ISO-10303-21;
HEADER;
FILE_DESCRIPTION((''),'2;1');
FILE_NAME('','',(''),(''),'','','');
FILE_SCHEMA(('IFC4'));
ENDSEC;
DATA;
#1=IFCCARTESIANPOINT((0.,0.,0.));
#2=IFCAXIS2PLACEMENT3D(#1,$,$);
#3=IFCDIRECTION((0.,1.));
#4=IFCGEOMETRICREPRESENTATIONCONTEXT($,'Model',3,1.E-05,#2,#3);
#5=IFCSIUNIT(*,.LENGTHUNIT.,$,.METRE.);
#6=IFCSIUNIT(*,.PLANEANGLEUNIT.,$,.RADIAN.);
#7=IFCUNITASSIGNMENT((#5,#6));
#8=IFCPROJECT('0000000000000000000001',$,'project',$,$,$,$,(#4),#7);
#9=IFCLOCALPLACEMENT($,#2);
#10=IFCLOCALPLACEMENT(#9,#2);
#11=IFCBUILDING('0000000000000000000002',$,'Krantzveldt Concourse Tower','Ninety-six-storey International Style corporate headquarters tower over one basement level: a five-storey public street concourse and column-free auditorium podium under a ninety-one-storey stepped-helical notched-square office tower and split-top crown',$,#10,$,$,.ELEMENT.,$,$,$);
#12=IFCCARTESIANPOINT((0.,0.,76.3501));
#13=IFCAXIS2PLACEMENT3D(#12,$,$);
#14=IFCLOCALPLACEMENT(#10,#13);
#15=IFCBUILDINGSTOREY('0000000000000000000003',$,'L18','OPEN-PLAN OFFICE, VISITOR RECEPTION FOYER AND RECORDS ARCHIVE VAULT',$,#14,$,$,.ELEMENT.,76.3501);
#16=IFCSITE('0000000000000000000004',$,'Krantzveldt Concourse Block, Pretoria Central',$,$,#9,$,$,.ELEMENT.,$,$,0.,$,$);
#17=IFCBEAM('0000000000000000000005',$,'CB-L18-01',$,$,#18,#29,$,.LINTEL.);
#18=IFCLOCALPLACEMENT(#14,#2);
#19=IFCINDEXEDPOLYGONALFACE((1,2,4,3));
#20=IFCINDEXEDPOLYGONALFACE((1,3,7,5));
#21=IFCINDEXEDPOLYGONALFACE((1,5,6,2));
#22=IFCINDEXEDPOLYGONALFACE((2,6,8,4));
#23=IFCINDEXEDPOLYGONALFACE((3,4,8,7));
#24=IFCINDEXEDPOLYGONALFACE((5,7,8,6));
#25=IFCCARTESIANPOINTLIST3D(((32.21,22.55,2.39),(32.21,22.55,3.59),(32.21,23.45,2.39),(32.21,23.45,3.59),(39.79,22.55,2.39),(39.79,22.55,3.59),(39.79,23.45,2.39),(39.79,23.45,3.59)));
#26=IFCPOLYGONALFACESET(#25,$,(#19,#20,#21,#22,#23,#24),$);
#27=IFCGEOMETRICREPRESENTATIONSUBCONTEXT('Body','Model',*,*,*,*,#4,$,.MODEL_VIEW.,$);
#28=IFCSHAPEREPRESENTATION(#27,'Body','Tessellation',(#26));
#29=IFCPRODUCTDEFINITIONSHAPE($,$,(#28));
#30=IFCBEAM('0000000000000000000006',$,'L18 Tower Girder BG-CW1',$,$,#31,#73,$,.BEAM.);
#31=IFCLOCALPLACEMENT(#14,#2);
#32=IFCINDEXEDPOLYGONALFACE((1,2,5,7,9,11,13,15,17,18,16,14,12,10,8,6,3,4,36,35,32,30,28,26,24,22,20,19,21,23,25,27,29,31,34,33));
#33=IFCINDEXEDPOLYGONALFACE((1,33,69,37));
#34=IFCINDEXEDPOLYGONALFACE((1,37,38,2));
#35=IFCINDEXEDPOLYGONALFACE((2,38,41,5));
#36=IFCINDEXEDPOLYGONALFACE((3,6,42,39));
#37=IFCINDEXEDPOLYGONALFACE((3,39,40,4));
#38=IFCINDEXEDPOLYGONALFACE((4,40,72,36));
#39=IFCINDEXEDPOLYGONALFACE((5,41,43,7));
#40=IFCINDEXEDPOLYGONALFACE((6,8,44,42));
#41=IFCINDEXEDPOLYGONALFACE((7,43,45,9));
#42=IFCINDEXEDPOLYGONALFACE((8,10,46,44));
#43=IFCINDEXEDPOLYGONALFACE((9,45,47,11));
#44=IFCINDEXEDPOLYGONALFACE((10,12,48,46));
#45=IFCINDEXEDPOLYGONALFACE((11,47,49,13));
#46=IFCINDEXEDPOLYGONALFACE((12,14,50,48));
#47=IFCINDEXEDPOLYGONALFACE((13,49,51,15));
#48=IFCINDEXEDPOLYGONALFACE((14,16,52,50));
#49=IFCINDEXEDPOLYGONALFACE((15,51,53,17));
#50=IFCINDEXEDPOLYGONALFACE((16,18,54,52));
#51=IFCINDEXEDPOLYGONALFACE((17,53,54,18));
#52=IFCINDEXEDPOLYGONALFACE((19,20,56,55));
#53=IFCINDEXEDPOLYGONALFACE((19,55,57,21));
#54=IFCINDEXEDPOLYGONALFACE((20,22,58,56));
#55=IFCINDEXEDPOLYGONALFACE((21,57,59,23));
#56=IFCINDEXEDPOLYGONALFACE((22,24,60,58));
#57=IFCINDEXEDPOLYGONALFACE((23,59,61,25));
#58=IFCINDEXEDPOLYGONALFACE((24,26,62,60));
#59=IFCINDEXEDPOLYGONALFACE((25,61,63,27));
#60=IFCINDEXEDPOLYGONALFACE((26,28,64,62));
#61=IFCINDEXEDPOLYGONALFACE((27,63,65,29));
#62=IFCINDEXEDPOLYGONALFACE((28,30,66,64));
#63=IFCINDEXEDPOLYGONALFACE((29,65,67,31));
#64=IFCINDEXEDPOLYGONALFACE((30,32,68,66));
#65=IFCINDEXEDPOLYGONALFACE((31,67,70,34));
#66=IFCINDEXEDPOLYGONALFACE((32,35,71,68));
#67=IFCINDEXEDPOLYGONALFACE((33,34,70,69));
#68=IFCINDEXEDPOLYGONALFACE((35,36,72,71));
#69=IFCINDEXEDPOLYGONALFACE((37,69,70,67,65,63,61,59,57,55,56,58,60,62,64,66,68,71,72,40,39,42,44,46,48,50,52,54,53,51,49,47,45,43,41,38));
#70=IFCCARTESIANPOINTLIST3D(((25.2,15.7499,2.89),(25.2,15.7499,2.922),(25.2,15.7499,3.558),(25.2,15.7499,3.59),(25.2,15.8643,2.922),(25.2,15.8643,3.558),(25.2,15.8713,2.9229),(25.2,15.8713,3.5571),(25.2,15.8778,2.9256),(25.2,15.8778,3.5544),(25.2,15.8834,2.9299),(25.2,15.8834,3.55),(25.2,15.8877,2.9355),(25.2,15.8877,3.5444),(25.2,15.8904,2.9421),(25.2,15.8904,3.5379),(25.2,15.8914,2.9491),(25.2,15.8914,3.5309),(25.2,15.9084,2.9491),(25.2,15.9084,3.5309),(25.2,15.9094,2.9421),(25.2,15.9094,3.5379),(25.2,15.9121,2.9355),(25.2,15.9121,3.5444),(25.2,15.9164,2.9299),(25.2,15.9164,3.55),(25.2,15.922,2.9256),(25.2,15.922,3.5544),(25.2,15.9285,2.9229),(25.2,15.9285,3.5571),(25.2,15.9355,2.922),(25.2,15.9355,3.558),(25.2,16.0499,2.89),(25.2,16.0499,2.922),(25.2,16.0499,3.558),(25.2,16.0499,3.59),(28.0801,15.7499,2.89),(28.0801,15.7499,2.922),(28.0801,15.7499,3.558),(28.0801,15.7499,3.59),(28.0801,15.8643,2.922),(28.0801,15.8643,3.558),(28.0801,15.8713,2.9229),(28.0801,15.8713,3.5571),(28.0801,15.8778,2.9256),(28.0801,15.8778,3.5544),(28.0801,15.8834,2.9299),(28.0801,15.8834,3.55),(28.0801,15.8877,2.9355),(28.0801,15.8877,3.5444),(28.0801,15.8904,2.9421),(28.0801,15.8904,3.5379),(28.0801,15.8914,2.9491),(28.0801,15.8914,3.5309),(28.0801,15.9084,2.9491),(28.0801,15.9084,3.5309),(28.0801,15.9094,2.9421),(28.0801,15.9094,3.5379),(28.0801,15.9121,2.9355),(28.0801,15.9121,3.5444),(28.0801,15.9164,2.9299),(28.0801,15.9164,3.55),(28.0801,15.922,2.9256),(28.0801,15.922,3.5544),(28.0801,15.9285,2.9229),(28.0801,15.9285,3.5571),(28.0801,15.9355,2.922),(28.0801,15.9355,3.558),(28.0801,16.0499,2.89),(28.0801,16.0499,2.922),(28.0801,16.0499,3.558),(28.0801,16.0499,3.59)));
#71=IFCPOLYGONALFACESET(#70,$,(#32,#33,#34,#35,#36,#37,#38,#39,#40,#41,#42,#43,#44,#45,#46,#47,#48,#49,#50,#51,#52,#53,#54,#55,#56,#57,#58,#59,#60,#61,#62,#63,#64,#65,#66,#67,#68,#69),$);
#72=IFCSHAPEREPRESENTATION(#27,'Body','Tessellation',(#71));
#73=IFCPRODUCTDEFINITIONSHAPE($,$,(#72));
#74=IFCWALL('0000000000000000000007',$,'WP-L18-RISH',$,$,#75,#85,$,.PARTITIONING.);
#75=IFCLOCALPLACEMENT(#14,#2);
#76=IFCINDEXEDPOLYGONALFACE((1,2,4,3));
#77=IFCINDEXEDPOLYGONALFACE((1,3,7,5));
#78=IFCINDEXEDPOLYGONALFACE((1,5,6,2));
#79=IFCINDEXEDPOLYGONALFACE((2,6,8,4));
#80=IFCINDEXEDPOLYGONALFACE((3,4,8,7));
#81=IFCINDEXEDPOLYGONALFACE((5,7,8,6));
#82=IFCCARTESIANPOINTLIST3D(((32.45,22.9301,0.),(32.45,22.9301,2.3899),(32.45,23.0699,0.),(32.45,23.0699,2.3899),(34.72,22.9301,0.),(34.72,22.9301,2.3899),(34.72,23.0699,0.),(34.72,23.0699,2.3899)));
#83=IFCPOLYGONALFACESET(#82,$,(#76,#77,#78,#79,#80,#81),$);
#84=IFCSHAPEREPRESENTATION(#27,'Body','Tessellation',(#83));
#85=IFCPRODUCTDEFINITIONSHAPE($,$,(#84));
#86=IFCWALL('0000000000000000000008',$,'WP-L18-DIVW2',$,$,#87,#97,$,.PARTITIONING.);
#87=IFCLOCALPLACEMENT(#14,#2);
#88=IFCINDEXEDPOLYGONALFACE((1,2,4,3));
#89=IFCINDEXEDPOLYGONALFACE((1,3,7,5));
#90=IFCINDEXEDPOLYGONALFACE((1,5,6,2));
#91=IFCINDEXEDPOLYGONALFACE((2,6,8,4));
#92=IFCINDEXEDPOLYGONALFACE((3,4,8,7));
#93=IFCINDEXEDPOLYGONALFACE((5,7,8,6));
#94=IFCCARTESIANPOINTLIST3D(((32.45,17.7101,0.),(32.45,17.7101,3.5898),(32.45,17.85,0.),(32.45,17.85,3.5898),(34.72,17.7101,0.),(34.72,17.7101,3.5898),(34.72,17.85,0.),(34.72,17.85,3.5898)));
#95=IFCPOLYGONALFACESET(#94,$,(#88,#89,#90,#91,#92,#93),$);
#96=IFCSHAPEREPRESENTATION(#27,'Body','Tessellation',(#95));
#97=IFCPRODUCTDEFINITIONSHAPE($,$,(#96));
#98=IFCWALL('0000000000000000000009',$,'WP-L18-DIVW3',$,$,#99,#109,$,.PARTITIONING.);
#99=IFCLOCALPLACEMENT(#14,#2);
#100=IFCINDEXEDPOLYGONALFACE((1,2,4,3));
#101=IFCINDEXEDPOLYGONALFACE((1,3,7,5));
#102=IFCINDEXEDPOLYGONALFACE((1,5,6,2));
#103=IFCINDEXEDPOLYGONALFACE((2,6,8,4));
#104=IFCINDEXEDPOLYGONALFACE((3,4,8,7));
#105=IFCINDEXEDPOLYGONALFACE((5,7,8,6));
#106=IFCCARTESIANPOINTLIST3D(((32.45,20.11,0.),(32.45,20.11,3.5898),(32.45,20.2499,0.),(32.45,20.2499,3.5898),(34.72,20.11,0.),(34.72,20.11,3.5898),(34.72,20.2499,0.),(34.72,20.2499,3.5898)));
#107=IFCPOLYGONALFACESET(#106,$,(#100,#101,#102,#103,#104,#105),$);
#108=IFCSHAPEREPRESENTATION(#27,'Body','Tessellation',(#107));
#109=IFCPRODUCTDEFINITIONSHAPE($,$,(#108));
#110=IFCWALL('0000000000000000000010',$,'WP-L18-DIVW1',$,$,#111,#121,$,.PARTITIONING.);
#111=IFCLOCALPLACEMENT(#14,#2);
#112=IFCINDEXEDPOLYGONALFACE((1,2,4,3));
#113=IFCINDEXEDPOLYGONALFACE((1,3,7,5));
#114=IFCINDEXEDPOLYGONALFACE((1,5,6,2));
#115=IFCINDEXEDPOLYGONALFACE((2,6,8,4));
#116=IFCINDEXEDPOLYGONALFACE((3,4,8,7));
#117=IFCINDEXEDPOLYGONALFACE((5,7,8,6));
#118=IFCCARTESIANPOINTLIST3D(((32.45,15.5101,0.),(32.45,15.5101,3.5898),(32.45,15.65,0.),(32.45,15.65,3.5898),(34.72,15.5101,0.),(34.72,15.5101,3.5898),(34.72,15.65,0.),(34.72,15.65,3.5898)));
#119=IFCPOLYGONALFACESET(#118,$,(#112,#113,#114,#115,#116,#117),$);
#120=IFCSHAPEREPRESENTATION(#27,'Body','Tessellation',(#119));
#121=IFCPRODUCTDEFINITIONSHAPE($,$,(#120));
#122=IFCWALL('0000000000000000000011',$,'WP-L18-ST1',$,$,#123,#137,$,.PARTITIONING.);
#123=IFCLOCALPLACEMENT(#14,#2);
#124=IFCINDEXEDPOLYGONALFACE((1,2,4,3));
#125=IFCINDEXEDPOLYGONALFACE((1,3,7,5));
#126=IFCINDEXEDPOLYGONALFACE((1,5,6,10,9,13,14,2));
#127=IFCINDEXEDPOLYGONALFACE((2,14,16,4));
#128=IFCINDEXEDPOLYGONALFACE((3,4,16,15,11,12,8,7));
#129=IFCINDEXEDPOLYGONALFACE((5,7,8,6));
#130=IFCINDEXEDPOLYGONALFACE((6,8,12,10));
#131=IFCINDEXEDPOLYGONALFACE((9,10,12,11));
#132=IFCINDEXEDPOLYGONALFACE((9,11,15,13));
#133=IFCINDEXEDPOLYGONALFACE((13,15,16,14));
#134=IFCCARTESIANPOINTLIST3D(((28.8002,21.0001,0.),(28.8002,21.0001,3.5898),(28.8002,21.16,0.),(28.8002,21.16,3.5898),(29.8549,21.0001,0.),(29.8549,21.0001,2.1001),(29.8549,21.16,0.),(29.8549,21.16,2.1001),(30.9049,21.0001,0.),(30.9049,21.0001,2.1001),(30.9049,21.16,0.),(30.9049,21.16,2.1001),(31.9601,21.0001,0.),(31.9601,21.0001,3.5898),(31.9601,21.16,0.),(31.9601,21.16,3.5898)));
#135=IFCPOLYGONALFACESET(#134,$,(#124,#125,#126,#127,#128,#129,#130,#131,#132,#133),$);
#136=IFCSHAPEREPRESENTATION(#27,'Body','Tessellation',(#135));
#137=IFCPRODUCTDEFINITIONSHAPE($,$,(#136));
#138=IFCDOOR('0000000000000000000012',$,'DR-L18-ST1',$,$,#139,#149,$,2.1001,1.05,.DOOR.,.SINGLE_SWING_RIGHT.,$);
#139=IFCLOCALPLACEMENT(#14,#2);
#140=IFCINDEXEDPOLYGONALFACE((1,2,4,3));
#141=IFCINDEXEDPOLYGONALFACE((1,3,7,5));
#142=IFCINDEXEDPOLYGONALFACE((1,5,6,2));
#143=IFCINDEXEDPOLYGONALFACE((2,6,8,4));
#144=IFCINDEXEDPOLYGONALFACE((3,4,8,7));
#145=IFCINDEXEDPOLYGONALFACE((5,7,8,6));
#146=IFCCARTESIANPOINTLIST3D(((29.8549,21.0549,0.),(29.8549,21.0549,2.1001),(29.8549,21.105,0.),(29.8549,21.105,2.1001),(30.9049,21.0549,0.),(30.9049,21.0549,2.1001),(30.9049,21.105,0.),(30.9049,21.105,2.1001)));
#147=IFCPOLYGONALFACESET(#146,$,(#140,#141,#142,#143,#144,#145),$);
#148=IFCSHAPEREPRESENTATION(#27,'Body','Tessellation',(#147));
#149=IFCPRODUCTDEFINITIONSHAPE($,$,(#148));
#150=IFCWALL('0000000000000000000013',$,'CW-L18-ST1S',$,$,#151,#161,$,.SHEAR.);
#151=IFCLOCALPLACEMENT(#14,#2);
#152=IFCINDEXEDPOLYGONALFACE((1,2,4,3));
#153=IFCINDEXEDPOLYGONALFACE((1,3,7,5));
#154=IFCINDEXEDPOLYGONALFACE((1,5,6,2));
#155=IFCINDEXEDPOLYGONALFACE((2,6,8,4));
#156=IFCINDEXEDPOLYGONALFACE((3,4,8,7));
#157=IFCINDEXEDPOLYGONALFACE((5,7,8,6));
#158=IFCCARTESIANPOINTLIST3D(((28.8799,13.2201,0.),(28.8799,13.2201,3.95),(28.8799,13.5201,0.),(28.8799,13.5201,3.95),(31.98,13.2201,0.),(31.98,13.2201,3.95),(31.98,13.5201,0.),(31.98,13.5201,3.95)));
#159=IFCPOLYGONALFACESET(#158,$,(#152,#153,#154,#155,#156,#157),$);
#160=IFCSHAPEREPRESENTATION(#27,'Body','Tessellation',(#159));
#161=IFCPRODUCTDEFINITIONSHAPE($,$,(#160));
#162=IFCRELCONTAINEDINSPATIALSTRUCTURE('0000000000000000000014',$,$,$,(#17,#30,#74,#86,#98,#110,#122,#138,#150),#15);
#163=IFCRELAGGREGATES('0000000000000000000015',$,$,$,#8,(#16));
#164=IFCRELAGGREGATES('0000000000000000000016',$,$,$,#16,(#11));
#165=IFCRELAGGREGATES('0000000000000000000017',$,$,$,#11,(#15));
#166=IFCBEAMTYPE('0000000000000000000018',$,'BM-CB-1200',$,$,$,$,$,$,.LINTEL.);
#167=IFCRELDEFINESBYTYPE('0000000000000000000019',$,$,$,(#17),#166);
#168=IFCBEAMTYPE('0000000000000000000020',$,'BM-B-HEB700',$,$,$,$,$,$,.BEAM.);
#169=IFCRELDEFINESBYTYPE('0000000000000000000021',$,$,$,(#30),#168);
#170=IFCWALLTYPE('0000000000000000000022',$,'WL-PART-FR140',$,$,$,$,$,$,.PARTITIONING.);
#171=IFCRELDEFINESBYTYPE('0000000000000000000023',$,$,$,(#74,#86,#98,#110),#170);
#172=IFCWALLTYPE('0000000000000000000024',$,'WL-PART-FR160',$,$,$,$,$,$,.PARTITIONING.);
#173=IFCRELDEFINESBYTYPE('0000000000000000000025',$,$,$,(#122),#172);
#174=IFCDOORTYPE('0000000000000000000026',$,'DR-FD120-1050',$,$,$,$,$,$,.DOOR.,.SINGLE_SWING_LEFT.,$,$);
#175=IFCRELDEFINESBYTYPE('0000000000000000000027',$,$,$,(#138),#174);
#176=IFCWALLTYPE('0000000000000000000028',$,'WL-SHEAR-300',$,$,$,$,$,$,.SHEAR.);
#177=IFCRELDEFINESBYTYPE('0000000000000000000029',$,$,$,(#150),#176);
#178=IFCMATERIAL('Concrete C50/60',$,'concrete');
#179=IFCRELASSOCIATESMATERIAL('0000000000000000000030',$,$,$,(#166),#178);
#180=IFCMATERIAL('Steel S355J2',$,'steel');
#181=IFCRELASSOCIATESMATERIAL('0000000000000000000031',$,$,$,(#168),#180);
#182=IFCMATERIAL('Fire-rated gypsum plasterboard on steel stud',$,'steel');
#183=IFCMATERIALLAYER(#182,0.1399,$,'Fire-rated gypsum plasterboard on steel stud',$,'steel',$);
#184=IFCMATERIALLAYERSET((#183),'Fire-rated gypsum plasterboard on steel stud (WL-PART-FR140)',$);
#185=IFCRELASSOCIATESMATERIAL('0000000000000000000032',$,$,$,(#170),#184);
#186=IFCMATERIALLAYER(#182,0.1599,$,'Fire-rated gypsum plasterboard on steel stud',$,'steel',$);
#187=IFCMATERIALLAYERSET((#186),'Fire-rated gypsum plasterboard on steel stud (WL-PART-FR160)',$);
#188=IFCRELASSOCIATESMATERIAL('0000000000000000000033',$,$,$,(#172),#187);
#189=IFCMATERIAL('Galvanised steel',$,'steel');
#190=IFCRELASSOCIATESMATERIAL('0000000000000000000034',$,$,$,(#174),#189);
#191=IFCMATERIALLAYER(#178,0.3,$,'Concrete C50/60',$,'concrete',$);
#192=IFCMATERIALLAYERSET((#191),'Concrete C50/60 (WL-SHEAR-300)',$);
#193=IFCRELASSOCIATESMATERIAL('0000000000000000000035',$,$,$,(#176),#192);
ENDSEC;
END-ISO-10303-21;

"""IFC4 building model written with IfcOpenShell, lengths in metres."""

from ifc_helpers import new_model, si_unit, direction, frame, frame_2d, origin, origin_2d, place, context, subcontext, project, spatial, rectangle, i_section, extrude, source, transform, mapped, material, layer, layer_set, material_profile, profile_set, type_object, type_shapes, element, fill, save


model = new_model("IFC4")

# Units and contexts
model_context = context("Model", 3, precision=1e-05, world=origin(), true_north=direction((0.0, 1.0)))
body_context = subcontext(model_context, "Body", "Model", "MODEL_VIEW")
ifc_project = project(units=[si_unit("LENGTHUNIT", "METRE"), si_unit("PLANEANGLEUNIT", "RADIAN")], contexts=[model_context])

# Site, building, storey
site_placement = place(None, origin())
site = spatial("IfcSite", under=ifc_project, at=site_placement, Name="Krantzveldt Concourse Block, Pretoria Central", CompositionType="ELEMENT", RefElevation=0.0)
building_placement = place(site_placement, origin())
building = spatial("IfcBuilding", under=site, at=building_placement, Name="Krantzveldt Concourse Tower", Description="Ninety-six-storey International Style corporate headquarters tower over one basement level: a five-storey public street concourse and column-free auditorium podium under a ninety-one-storey stepped-helical notched-square office tower and split-top crown", CompositionType="ELEMENT")
storey_placement = place(building_placement, frame((0.0, 0.0, 76.3501)))
storey = spatial("IfcBuildingStorey", under=building, at=storey_placement, Name="L18", Description="OPEN-PLAN OFFICE, VISITOR RECEPTION FOYER AND RECORDS ARCHIVE VAULT", CompositionType="ELEMENT", Elevation=76.3501)

# Beams
ifc_material_1 = material(Name="Concrete C50/60", Category="concrete")
ifc_material_profile_1 = material_profile(ifc_material_1, rectangle(XDim=0.8999, YDim=1.2, at=origin_2d()), Name="Concrete C50/60", Category="concrete")
ifc_profile_set_1 = profile_set([ifc_material_profile_1], Name="Concrete C50/60 - RC-CB 900x1200")
beam_type_1 = type_object("IfcBeamType", Name="BM-CB-1200", PredefinedType="LINTEL", material=ifc_profile_set_1)
shared_shape_1 = source(origin(), body_context, "Body", "SweptSolid", [
    extrude(rectangle(XDim=0.8999, YDim=1.2, at=origin_2d()), origin(), (0.0, 0.0, 1.0), 7.5801),
])
type_shapes(beam_type_1, [shared_shape_1])
beam_1_placement = place(storey_placement, frame((32.21, 23.0, 2.99), z_axis=(1.0, 0.0, 0.0), x_axis=(0.0, 1.0, 0.0)))
element("IfcBeam", 1, at=beam_1_placement, inside=storey, type_object=beam_type_1, Name="CB-L18-01", PredefinedType="LINTEL", context=body_context, shape_type="MappedRepresentation", body=[
    mapped(shared_shape_1, transform((0.0, 0.0, 0.0), x_axis=(1.0, 0.0, 0.0), y_axis=(0.0, 1.0, 0.0), z_axis=(0.0, 0.0, 1.0), scale=1.0)),
])
ifc_material_2 = material(Name="Steel S355J2", Category="steel")
ifc_material_profile_2 = material_profile(ifc_material_2, i_section(OverallWidth=0.3, OverallDepth=0.7, WebThickness=0.0171, FlangeThickness=0.032, FilletRadius=0.0271, at=origin_2d()), Name="Steel S355J2", Category="steel")
ifc_profile_set_2 = profile_set([ifc_material_profile_2], Name="Steel S355J2 - HEB 700")
beam_type_2 = type_object("IfcBeamType", Name="BM-B-HEB700", PredefinedType="BEAM", material=ifc_profile_set_2)
shared_shape_2 = source(origin(), body_context, "Body", "SweptSolid", [
    extrude(i_section(OverallWidth=0.3, OverallDepth=0.7, WebThickness=0.0171, FlangeThickness=0.032, FilletRadius=0.0271, at=origin_2d()), origin(), (0.0, 0.0, 1.0), 2.8801),
])
type_shapes(beam_type_2, [shared_shape_2])
beam_2_placement = place(storey_placement, frame((25.2, 15.8999, 3.24), z_axis=(1.0, 0.0, 0.0), x_axis=(0.0, 1.0, 0.0)))
element("IfcBeam", 2, at=beam_2_placement, inside=storey, type_object=beam_type_2, Name="L18 Tower Girder BG-CW1", PredefinedType="BEAM", context=body_context, shape_type="MappedRepresentation", body=[
    mapped(shared_shape_2, transform((0.0, 0.0, 0.0), x_axis=(1.0, 0.0, 0.0), y_axis=(0.0, 1.0, 0.0), z_axis=(0.0, 0.0, 1.0), scale=1.0)),
])

# Walls
ifc_material_3 = material(Name="Fire-rated gypsum plasterboard on steel stud", Category="steel")
ifc_layer_1 = layer(ifc_material_3, 0.1399, Name="Fire-rated gypsum plasterboard on steel stud", Category="steel")
ifc_layer_set_1 = layer_set([ifc_layer_1], Name="Fire-rated gypsum plasterboard on steel stud (WL-PART-FR140)")
wall_type_1 = type_object("IfcWallType", Name="WL-PART-FR140", PredefinedType="PARTITIONING", material=ifc_layer_set_1)
wall_1_placement = place(storey_placement, frame((32.45, 23.0, 0.0), z_axis=(0.0, 0.0, 1.0), x_axis=(1.0, 0.0, 0.0)))
element("IfcWall", 3, at=wall_1_placement, inside=storey, type_object=wall_type_1, Name="WP-L18-RISH", PredefinedType="PARTITIONING", context=body_context, shape_type="SweptSolid", body=[
    extrude(rectangle(XDim=2.27, YDim=0.1399, at=frame_2d((1.135, 0.0))), origin(), (0.0, 0.0, 1.0), 2.3899),
])
for number, where, z_axis, x_axis, name in (
    (4, (32.45, 17.78, 0.0), (0.0, 0.0, 1.0), (1.0, 0.0, 0.0), "WP-L18-DIVW2"),
    (5, (32.45, 20.1799, 0.0), (0.0, 0.0, 1.0), (1.0, 0.0, 0.0), "WP-L18-DIVW3"),
    (6, (32.45, 15.5801, 0.0), (0.0, 0.0, 1.0), (1.0, 0.0, 0.0), "WP-L18-DIVW1"),
):
    element("IfcWall", number, at=place(storey_placement, frame(where, z_axis=z_axis, x_axis=x_axis)), inside=storey, type_object=wall_type_1, Name=name, PredefinedType="PARTITIONING", context=body_context, shape_type="SweptSolid", body=[
        extrude(rectangle(XDim=2.27, YDim=0.1399, at=frame_2d((1.135, 0.0))), origin(), (0.0, 0.0, 1.0), 3.5898),
    ])

# Wall, opening, door
ifc_layer_2 = layer(ifc_material_3, 0.1599, Name="Fire-rated gypsum plasterboard on steel stud", Category="steel")
ifc_layer_set_2 = layer_set([ifc_layer_2], Name="Fire-rated gypsum plasterboard on steel stud (WL-PART-FR160)")
wall_type_2 = type_object("IfcWallType", Name="WL-PART-FR160", PredefinedType="PARTITIONING", material=ifc_layer_set_2)
wall_2_placement = place(storey_placement, frame((28.8, 21.0801, 0.0), z_axis=(0.0, 0.0, 1.0), x_axis=(1.0, 0.0, 0.0)))
wall_2 = element("IfcWall", 7, at=wall_2_placement, inside=storey, type_object=wall_type_2, Name="WP-L18-ST1", PredefinedType="PARTITIONING", context=body_context, shape_type="SweptSolid", body=[
    extrude(rectangle(XDim=3.1599, YDim=0.1599, at=frame_2d((1.5801, 0.0))), origin(), (0.0, 0.0, 1.0), 3.5898),
])
opening_placement = place(wall_2_placement, frame((1.0549, 0.0, 0.0)))
opening = element("IfcOpeningElement", 8, at=opening_placement, cuts=wall_2, PredefinedType="OPENING", context=body_context, shape_type="SweptSolid", body=[
    extrude(rectangle(XDim=1.05, YDim=2.1001, at=frame_2d((0.5249, 1.05))), frame((0.0, 0.0898, 0.0), z_axis=(0.0, -1.0, 0.0), x_axis=(1.0, 0.0, 0.0)), (0.0, 0.0, 1.0), 0.1799),
])
ifc_material_4 = material(Name="Galvanised steel", Category="steel")
door_type = type_object("IfcDoorType", Name="DR-FD120-1050", OperationType="SINGLE_SWING_LEFT", PredefinedType="DOOR", material=ifc_material_4)
door_placement = place(opening_placement, origin())
door = element("IfcDoor", 9, at=door_placement, inside=storey, type_object=door_type, Name="DR-L18-ST1", OperationType="SINGLE_SWING_RIGHT", OverallHeight=2.1001, OverallWidth=1.05, PredefinedType="DOOR", context=body_context, shape_type="SweptSolid", body=[
    extrude(rectangle(XDim=1.05, YDim=2.1001, at=frame_2d((0.5249, 1.05))), frame((0.0, 0.0249, 0.0), z_axis=(0.0, -1.0, 0.0), x_axis=(1.0, 0.0, 0.0)), (0.0, 0.0, 1.0), 0.05),
])
fill(opening, door)

# Wall
ifc_layer_3 = layer(ifc_material_1, 0.3, Name="Concrete C50/60", Category="concrete")
ifc_layer_set_3 = layer_set([ifc_layer_3], Name="Concrete C50/60 (WL-SHEAR-300)")
wall_type_3 = type_object("IfcWallType", Name="WL-SHEAR-300", PredefinedType="SHEAR", material=ifc_layer_set_3)
wall_3_placement = place(storey_placement, frame((28.8799, 13.3701, 0.0), z_axis=(0.0, 0.0, 1.0), x_axis=(1.0, 0.0, 0.0)))
element("IfcWall", 10, at=wall_3_placement, inside=storey, type_object=wall_type_3, Name="CW-L18-ST1S", PredefinedType="SHEAR", context=body_context, shape_type="SweptSolid", body=[
    extrude(rectangle(XDim=3.1001, YDim=0.3, at=frame_2d((1.55, 0.0))), origin(), (0.0, 0.0, 1.0), 3.95),
])

save(model, "model.ifc")
